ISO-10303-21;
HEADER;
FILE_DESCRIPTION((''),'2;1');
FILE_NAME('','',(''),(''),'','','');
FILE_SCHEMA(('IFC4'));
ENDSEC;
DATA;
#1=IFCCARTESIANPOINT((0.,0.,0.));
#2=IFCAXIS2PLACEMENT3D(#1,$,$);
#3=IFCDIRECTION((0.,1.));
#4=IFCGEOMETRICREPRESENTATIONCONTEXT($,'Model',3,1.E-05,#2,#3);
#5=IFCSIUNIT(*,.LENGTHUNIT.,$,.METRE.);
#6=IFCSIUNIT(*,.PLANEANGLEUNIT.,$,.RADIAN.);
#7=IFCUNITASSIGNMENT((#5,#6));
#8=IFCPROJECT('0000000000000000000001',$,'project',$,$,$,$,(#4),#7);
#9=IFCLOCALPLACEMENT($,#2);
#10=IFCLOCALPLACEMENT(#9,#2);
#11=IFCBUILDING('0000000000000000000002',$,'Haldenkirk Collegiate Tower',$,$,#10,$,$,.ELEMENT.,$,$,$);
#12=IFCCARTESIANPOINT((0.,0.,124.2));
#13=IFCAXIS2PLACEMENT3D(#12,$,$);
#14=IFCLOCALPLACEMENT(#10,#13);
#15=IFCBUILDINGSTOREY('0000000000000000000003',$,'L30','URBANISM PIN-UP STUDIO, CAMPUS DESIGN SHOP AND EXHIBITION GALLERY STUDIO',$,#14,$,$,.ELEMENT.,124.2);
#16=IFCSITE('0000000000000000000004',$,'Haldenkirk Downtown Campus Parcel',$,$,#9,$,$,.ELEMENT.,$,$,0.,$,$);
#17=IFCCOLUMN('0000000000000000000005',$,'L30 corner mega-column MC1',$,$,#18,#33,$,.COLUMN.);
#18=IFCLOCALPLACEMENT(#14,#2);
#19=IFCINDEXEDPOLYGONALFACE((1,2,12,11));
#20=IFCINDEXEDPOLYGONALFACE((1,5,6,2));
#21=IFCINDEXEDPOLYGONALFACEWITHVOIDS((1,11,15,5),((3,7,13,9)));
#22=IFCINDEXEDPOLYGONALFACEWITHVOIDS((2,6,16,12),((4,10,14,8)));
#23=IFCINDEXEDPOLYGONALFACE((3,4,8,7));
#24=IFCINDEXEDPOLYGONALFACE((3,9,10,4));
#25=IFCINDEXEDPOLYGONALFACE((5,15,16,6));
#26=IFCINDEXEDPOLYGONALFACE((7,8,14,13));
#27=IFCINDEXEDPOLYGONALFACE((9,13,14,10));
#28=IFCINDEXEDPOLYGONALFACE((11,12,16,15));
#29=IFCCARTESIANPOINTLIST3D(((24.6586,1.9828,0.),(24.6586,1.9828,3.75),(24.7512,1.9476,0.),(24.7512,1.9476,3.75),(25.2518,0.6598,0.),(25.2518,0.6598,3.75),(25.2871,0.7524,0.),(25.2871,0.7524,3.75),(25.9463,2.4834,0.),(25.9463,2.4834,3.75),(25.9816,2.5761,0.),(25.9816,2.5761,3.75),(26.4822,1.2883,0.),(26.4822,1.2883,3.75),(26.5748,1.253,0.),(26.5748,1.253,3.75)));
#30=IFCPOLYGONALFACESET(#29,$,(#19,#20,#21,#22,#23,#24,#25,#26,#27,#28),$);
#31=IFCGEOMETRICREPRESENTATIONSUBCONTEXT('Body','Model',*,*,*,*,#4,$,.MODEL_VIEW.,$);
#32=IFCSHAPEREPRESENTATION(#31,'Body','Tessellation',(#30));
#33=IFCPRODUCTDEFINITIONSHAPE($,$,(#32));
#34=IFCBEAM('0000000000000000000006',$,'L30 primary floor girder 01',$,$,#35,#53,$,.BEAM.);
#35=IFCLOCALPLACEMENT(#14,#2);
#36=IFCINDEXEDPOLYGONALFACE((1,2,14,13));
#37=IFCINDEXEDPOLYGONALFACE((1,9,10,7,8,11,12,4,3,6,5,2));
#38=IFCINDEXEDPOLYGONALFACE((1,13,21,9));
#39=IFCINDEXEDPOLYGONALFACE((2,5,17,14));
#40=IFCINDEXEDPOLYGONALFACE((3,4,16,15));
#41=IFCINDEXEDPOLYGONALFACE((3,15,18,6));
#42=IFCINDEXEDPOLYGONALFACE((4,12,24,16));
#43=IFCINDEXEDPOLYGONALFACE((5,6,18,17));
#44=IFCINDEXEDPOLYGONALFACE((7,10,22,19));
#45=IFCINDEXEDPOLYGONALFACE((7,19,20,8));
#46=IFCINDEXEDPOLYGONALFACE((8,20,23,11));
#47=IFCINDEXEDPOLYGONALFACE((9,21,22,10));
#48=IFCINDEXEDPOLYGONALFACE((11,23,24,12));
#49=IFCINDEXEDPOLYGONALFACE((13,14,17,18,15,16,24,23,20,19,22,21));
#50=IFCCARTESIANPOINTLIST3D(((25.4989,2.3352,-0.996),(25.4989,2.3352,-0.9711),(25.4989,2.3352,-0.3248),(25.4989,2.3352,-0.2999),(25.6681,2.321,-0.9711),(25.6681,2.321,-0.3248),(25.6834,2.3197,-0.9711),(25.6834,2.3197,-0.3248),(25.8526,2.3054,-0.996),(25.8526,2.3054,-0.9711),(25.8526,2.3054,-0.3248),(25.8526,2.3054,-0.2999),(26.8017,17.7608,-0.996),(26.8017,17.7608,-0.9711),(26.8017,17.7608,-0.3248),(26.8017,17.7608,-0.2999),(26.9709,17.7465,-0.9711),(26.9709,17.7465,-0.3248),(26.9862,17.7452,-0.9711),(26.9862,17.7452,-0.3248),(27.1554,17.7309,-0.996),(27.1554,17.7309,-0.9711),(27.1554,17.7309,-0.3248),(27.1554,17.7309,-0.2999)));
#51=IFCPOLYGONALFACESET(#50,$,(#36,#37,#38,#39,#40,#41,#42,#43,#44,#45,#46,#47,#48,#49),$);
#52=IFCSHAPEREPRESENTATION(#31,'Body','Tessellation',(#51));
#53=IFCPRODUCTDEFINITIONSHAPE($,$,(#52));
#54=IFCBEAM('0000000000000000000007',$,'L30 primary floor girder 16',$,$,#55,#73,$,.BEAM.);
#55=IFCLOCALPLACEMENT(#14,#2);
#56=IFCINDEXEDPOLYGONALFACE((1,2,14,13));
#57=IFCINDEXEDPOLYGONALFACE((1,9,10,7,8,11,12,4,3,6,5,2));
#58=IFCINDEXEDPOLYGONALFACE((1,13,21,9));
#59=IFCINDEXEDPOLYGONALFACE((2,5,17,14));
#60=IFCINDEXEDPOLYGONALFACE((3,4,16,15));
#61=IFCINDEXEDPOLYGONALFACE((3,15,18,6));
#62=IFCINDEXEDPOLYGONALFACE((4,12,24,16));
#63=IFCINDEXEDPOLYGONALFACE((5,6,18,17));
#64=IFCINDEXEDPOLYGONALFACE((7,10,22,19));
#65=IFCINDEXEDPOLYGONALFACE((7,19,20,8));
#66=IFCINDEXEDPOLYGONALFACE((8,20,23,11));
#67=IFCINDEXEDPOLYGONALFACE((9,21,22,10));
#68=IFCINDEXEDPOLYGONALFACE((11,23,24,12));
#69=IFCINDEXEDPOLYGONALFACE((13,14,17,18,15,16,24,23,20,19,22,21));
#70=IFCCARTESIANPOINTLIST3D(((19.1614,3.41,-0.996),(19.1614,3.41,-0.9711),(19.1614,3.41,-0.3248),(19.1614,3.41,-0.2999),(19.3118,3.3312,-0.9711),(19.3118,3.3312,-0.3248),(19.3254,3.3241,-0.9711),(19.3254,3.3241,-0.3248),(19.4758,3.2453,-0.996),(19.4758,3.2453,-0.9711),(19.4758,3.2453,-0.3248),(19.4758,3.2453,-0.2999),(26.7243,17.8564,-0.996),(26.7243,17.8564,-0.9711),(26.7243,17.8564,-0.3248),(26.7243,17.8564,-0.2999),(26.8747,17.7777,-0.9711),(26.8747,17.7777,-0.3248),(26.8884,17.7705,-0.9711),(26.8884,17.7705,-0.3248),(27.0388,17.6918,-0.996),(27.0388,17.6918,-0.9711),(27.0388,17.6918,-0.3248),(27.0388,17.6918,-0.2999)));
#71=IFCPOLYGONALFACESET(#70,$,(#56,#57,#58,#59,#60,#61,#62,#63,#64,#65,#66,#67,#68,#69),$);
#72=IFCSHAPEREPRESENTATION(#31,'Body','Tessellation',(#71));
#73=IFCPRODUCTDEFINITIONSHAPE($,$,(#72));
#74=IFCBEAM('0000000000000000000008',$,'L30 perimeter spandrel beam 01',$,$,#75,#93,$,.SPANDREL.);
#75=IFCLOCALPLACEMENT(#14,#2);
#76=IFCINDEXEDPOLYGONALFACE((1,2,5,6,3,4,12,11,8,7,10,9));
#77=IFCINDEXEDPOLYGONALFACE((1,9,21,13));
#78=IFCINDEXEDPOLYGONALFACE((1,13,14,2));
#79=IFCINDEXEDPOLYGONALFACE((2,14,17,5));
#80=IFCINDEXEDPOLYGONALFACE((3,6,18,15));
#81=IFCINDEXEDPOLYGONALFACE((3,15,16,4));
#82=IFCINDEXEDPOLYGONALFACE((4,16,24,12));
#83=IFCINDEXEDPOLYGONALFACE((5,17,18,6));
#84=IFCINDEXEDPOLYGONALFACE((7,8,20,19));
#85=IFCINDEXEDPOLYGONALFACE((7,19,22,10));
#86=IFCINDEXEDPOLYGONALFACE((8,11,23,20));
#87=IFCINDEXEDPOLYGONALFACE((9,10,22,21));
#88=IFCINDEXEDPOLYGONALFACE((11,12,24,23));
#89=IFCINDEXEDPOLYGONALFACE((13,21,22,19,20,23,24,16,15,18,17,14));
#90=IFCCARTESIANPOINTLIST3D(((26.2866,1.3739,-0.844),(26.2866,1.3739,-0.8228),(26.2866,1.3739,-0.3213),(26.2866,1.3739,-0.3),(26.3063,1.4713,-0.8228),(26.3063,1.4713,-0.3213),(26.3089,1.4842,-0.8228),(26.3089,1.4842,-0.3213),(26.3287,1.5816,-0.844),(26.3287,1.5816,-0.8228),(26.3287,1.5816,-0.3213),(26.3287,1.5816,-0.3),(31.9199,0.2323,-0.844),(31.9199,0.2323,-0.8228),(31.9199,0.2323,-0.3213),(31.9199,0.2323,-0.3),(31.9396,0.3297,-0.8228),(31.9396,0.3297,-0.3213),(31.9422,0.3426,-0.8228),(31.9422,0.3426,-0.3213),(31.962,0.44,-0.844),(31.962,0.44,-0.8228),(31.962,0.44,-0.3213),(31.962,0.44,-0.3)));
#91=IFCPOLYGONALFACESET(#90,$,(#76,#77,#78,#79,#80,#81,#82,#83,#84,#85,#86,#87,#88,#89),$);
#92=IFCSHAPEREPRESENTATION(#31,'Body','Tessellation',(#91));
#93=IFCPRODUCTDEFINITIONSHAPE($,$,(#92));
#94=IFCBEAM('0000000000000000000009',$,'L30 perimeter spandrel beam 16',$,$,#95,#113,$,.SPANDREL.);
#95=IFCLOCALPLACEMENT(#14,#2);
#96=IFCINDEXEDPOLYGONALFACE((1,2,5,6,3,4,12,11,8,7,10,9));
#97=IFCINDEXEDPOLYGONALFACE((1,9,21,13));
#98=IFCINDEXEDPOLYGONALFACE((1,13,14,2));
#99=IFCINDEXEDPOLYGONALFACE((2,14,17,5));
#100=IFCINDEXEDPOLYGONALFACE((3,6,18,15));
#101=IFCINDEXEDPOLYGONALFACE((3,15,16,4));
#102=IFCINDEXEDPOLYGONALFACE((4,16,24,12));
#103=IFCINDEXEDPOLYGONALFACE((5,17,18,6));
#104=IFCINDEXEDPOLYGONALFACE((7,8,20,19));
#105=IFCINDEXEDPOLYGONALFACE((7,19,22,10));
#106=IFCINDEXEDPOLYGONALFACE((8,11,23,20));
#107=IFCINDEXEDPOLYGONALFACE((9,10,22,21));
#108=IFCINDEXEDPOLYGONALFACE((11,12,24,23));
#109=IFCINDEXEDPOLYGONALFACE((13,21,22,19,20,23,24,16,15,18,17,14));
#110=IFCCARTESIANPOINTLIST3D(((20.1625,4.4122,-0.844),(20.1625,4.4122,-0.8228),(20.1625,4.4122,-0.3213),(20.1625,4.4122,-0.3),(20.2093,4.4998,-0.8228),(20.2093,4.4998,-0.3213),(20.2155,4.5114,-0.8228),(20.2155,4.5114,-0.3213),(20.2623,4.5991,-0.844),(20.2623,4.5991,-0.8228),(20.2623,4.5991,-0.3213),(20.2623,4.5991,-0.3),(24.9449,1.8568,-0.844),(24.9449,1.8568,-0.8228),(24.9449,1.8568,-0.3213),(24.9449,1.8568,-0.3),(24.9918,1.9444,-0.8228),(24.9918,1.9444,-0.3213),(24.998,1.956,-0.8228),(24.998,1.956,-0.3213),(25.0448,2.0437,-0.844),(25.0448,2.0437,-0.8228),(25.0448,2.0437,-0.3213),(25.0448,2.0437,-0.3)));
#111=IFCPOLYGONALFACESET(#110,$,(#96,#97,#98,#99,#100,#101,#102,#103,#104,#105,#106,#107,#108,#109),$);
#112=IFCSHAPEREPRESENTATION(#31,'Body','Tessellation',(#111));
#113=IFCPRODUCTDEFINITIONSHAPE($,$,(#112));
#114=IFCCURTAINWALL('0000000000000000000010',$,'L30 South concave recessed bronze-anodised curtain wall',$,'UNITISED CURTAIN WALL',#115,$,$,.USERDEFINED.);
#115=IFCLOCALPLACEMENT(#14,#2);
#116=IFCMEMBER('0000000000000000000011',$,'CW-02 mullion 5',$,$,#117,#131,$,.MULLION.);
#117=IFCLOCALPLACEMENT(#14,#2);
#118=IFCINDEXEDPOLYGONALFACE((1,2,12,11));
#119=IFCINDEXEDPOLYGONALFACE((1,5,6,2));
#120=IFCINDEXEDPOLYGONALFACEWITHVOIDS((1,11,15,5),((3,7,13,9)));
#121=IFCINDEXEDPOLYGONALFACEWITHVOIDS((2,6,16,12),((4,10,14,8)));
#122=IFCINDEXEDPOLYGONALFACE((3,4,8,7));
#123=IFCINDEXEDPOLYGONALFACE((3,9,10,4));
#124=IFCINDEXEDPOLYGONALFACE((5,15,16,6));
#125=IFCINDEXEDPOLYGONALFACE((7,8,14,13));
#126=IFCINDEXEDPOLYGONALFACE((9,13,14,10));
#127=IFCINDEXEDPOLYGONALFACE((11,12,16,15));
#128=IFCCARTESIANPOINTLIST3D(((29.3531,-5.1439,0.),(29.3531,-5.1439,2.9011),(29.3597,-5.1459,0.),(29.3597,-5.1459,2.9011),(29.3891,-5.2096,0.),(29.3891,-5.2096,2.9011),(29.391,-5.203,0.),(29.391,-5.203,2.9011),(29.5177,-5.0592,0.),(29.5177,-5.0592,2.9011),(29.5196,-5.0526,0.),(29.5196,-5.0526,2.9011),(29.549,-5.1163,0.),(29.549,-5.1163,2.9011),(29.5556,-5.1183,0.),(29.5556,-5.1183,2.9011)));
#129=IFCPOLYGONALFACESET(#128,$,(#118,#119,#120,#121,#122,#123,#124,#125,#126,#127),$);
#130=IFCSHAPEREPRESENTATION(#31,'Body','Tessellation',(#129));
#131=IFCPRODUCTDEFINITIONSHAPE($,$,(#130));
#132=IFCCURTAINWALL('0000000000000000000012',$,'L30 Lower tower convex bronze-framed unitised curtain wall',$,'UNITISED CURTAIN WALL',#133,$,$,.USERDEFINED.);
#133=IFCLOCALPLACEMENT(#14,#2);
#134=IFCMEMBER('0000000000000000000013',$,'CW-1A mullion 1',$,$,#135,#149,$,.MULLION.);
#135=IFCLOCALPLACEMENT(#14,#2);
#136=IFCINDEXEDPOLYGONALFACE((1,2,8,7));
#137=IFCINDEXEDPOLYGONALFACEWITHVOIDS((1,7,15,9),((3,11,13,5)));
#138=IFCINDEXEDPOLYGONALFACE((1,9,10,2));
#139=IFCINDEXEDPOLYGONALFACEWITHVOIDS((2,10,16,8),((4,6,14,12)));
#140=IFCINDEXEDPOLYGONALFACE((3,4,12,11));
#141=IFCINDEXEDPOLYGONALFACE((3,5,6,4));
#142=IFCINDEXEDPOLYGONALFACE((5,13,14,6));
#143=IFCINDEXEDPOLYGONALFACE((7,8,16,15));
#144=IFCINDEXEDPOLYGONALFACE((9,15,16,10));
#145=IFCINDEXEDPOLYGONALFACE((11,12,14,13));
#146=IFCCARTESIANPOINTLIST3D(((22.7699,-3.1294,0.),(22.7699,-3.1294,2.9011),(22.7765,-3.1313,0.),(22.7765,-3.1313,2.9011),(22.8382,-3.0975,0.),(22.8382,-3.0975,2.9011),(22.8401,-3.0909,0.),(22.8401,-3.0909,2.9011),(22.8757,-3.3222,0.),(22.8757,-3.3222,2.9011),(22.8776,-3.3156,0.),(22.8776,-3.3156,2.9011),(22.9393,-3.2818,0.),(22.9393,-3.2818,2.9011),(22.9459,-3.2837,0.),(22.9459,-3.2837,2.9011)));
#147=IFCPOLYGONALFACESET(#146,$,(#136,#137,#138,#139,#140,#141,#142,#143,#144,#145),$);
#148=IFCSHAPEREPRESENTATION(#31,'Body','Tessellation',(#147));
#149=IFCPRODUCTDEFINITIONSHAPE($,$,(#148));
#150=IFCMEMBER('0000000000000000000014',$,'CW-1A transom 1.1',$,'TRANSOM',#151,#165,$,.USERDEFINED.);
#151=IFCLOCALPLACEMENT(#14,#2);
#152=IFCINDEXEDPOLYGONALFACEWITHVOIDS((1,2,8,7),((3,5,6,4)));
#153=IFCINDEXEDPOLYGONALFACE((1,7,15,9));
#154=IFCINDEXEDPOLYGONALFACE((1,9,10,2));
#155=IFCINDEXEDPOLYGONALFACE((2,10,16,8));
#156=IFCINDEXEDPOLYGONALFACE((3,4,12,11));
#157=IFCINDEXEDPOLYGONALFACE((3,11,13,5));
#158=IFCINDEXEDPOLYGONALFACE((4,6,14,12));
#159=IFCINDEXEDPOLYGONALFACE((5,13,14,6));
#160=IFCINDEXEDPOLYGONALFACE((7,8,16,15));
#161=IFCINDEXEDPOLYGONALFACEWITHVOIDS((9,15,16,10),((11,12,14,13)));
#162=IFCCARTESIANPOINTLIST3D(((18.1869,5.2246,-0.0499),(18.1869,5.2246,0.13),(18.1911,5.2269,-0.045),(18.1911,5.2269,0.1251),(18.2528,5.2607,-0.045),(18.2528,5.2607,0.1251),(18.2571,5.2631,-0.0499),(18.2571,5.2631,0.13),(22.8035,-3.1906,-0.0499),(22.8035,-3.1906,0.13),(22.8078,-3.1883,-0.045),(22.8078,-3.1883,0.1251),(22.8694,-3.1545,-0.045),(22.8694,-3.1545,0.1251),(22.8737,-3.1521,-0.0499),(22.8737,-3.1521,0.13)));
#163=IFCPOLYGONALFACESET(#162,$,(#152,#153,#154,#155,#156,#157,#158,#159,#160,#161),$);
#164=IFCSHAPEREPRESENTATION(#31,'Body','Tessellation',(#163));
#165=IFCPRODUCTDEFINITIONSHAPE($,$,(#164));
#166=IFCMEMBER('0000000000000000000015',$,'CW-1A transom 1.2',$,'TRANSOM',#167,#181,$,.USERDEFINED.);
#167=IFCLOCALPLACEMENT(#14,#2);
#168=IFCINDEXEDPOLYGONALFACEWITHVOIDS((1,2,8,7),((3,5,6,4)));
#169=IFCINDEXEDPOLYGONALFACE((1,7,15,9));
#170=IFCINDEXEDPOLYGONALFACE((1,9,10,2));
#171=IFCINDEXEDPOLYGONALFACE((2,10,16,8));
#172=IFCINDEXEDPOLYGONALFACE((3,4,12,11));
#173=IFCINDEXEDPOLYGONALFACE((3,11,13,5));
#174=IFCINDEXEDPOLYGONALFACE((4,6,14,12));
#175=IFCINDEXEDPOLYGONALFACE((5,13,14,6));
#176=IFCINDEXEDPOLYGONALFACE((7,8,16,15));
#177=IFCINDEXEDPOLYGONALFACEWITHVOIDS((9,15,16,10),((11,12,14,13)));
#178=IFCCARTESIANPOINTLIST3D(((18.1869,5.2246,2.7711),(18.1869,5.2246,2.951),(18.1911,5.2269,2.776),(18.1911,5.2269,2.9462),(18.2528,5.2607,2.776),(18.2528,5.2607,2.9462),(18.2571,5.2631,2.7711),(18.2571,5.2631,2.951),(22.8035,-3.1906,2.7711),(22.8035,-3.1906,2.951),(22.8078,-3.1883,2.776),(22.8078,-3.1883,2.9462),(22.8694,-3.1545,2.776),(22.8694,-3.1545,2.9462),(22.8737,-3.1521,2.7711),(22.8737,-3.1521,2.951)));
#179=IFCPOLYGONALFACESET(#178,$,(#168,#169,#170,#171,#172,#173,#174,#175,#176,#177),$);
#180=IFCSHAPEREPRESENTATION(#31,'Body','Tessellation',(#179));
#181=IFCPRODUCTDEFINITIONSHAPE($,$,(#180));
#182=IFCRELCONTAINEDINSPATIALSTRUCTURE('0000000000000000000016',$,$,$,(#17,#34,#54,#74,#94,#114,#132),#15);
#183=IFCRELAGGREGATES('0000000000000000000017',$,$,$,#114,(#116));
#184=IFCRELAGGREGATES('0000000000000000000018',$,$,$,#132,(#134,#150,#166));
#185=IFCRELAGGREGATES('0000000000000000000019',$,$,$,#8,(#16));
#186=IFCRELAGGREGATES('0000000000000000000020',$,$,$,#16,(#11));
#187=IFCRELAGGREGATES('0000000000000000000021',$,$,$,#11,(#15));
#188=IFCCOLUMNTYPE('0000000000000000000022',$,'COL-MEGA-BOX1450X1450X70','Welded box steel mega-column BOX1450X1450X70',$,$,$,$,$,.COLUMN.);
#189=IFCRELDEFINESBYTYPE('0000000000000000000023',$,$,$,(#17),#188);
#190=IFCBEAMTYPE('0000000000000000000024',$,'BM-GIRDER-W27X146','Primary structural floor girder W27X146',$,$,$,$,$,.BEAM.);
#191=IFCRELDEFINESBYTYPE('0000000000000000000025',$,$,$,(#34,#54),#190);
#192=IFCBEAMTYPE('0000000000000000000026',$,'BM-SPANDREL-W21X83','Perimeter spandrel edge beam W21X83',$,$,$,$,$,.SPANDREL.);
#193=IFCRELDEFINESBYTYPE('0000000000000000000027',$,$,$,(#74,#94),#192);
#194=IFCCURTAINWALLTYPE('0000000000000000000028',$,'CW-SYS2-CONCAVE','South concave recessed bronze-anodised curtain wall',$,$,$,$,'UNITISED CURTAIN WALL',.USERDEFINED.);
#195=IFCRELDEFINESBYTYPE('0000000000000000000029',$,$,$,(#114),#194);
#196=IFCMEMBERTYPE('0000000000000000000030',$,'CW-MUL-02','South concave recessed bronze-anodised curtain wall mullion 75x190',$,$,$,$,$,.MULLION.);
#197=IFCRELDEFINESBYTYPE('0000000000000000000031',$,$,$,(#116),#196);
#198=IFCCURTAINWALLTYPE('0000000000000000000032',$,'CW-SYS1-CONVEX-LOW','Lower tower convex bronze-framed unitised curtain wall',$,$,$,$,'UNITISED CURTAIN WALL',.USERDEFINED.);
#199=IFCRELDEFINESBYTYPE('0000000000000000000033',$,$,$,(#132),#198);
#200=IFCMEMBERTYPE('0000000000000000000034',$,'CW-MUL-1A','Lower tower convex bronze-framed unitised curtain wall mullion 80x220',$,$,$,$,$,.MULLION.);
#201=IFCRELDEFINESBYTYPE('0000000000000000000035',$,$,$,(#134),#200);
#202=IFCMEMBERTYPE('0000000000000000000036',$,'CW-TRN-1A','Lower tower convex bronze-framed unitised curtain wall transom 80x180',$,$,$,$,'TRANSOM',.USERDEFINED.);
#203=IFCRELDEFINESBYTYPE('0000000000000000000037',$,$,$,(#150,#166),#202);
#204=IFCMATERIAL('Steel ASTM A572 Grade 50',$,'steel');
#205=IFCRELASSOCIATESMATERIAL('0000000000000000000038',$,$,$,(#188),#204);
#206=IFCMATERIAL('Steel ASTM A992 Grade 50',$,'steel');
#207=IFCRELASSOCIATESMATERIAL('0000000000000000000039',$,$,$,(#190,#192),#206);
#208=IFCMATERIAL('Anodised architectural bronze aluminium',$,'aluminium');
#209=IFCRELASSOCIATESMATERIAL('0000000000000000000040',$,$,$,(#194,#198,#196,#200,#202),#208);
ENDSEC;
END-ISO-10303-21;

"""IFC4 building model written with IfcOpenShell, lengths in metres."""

from ifc_helpers import new_model, si_unit, direction, frame, origin, origin_2d, place, context, subcontext, project, spatial, hollow_rectangle, i_section, extrude, material, material_profile, profile_set, type_object, element, aggregate, save


model = new_model("IFC4")

# Units and contexts
model_context = context("Model", 3, precision=1e-05, world=origin(), true_north=direction((0.0, 1.0)))
body_context = subcontext(model_context, "Body", "Model", "MODEL_VIEW")
ifc_project = project(units=[si_unit("LENGTHUNIT", "METRE"), si_unit("PLANEANGLEUNIT", "RADIAN")], contexts=[model_context])

# Site, building, storey
site_placement = place(None, origin())
site = spatial("IfcSite", under=ifc_project, at=site_placement, Name="Haldenkirk Downtown Campus Parcel", CompositionType="ELEMENT", RefElevation=0.0)
building_placement = place(site_placement, origin())
building = spatial("IfcBuilding", under=site, at=building_placement, Name="Haldenkirk Collegiate Tower", CompositionType="ELEMENT")
storey_placement = place(building_placement, frame((0.0, 0.0, 124.2)))
storey = spatial("IfcBuildingStorey", under=building, at=storey_placement, Name="L30", Description="URBANISM PIN-UP STUDIO, CAMPUS DESIGN SHOP AND EXHIBITION GALLERY STUDIO", CompositionType="ELEMENT", Elevation=124.2)

# Column
ifc_material_1 = material(Name="Steel ASTM A572 Grade 50", Category="steel")
ifc_material_profile_1 = material_profile(ifc_material_1, hollow_rectangle(XDim=1.45, YDim=1.45, WallThickness=0.0701, at=origin_2d()), Name="BOX1450X1450X70")
ifc_profile_set_1 = profile_set([ifc_material_profile_1], Name="Steel ASTM A572 Grade 50")
column_type = type_object("IfcColumnType", Name="COL-MEGA-BOX1450X1450X70", Description="Welded box steel mega-column BOX1450X1450X70", PredefinedType="COLUMN", material=ifc_profile_set_1)
column_placement = place(storey_placement, frame((25.6167, 1.6179, 0.0), z_axis=(0.0, 0.0, 1.0), x_axis=(0.912477, 0.409127, 0.0)))
element("IfcColumn", 1, at=column_placement, inside=storey, type_object=column_type, Name="L30 corner mega-column MC1", PredefinedType="COLUMN", context=body_context, shape_type="SweptSolid", body=[
    extrude(hollow_rectangle(XDim=1.45, YDim=1.45, WallThickness=0.0701, at=origin_2d()), origin(), (0.0, 0.0, 1.0), 3.75),
])

# Beams
ifc_material_2 = material(Name="Steel ASTM A992 Grade 50", Category="steel")
ifc_material_profile_2 = material_profile(ifc_material_2, i_section(OverallWidth=0.355, OverallDepth=0.696, WebThickness=0.0154, FlangeThickness=0.0249, at=origin_2d()), Name="W27X146")
ifc_profile_set_2 = profile_set([ifc_material_profile_2], Name="Steel ASTM A992 Grade 50")
beam_type_1 = type_object("IfcBeamType", Name="BM-GIRDER-W27X146", Description="Primary structural floor girder W27X146", PredefinedType="BEAM", material=ifc_profile_set_2)
beam_1_placement = place(storey_placement, frame((25.6758, 2.3203, -0.6479), z_axis=(0.084154, 0.996453, 0.0), x_axis=(-0.996453, 0.084154, 0.0)))
element("IfcBeam", 2, at=beam_1_placement, inside=storey, type_object=beam_type_1, Name="L30 primary floor girder 01", PredefinedType="BEAM", context=body_context, shape_type="SweptSolid", body=[
    extrude(i_section(OverallWidth=0.355, OverallDepth=0.696, WebThickness=0.0154, FlangeThickness=0.0249, at=origin_2d()), origin(), (0.0, 0.0, 1.0), 15.4805),
])
beam_2_placement = place(storey_placement, frame((19.3186, 3.3276, -0.6479), z_axis=(0.463803, 0.885938, 0.0), x_axis=(-0.885938, 0.463803, 0.0)))
element("IfcBeam", 3, at=beam_2_placement, inside=storey, type_object=beam_type_1, Name="L30 primary floor girder 16", PredefinedType="BEAM", context=body_context, shape_type="SweptSolid", body=[
    extrude(i_section(OverallWidth=0.355, OverallDepth=0.696, WebThickness=0.0154, FlangeThickness=0.0249, at=origin_2d()), origin(), (0.0, 0.0, 1.0), 16.3064),
])
ifc_material_profile_3 = material_profile(ifc_material_2, i_section(OverallWidth=0.2119, OverallDepth=0.5439, WebThickness=0.0132, FlangeThickness=0.0212, at=origin_2d()), Name="W21X83")
ifc_profile_set_3 = profile_set([ifc_material_profile_3], Name="Steel ASTM A992 Grade 50")
beam_type_2 = type_object("IfcBeamType", Name="BM-SPANDREL-W21X83", Description="Perimeter spandrel edge beam W21X83", PredefinedType="SPANDREL", material=ifc_profile_set_3)
beam_3_placement = place(storey_placement, frame((26.3076, 1.4778, -0.572), z_axis=(0.980078, -0.198615, 0.0), x_axis=(0.198615, 0.980078, 0.0)))
element("IfcBeam", 4, at=beam_3_placement, inside=storey, type_object=beam_type_2, Name="L30 perimeter spandrel beam 01", PredefinedType="SPANDREL", context=body_context, shape_type="SweptSolid", body=[
    extrude(i_section(OverallWidth=0.2119, OverallDepth=0.5439, WebThickness=0.0132, FlangeThickness=0.0212, at=origin_2d()), origin(), (0.0, 0.0, 1.0), 5.7478),
])
beam_4_placement = place(storey_placement, frame((20.2124, 4.5056, -0.572), z_axis=(0.881987, -0.471273, 0.0), x_axis=(0.471273, 0.881987, 0.0)))
element("IfcBeam", 5, at=beam_4_placement, inside=storey, type_object=beam_type_2, Name="L30 perimeter spandrel beam 16", PredefinedType="SPANDREL", context=body_context, shape_type="SweptSolid", body=[
    extrude(i_section(OverallWidth=0.2119, OverallDepth=0.5439, WebThickness=0.0132, FlangeThickness=0.0212, at=origin_2d()), origin(), (0.0, 0.0, 1.0), 5.4224),
])

# Curtain wall, member
ifc_material_3 = material(Name="Anodised architectural bronze aluminium", Category="aluminium")
curtain_wall_type_1 = type_object("IfcCurtainWallType", Name="CW-SYS2-CONCAVE", Description="South concave recessed bronze-anodised curtain wall", ElementType="UNITISED CURTAIN WALL", PredefinedType="USERDEFINED", material=ifc_material_3)
curtain_wall_1_placement = place(storey_placement, origin())
curtain_wall_1 = element("IfcCurtainWall", 6, at=curtain_wall_1_placement, inside=storey, type_object=curtain_wall_type_1, Name="L30 South concave recessed bronze-anodised curtain wall", ObjectType="UNITISED CURTAIN WALL", PredefinedType="USERDEFINED")
ifc_material_profile_4 = material_profile(ifc_material_3, hollow_rectangle(XDim=0.075, YDim=0.1899, WallThickness=0.0049, at=origin_2d()), Name="CW-MUL-02")
ifc_profile_set_4 = profile_set([ifc_material_profile_4], Name="Anodised architectural bronze aluminium")
member_type_1 = type_object("IfcMemberType", Name="CW-MUL-02", Description="South concave recessed bronze-anodised curtain wall mullion 75x190", PredefinedType="MULLION", material=ifc_profile_set_4)
member_1_placement = place(storey_placement, frame((29.4543, -5.1311, 0.0), z_axis=(0.0, 0.0, 1.0), x_axis=(0.480989, -0.876727, 0.0)))
member_1 = element("IfcMember", 7, at=member_1_placement, type_object=member_type_1, Name="CW-02 mullion 5", PredefinedType="MULLION", context=body_context, shape_type="SweptSolid", body=[
    extrude(hollow_rectangle(XDim=0.075, YDim=0.1899, WallThickness=0.0049, at=origin_2d()), origin(), (0.0, 0.0, 1.0), 2.9011),
])
aggregate(curtain_wall_1, [member_1])

# Curtain wall, members
curtain_wall_type_2 = type_object("IfcCurtainWallType", Name="CW-SYS1-CONVEX-LOW", Description="Lower tower convex bronze-framed unitised curtain wall", ElementType="UNITISED CURTAIN WALL", PredefinedType="USERDEFINED", material=ifc_material_3)
curtain_wall_2_placement = place(storey_placement, origin())
curtain_wall_2 = element("IfcCurtainWall", 8, at=curtain_wall_2_placement, inside=storey, type_object=curtain_wall_type_2, Name="L30 Lower tower convex bronze-framed unitised curtain wall", ObjectType="UNITISED CURTAIN WALL", PredefinedType="USERDEFINED")
ifc_material_profile_5 = material_profile(ifc_material_3, hollow_rectangle(XDim=0.0801, YDim=0.22, WallThickness=0.0049, at=origin_2d()), Name="CW-MUL-1A")
ifc_profile_set_5 = profile_set([ifc_material_profile_5], Name="Anodised architectural bronze aluminium")
member_type_2 = type_object("IfcMemberType", Name="CW-MUL-1A", Description="Lower tower convex bronze-framed unitised curtain wall mullion 80x220", PredefinedType="MULLION", material=ifc_profile_set_5)
member_2_placement = place(storey_placement, frame((22.8579, -3.2065, 0.0), z_axis=(0.0, 0.0, 1.0), x_axis=(-0.876727, -0.480989, 0.0)))
member_2 = element("IfcMember", 9, at=member_2_placement, type_object=member_type_2, Name="CW-1A mullion 1", PredefinedType="MULLION", context=body_context, shape_type="SweptSolid", body=[
    extrude(hollow_rectangle(XDim=0.0801, YDim=0.22, WallThickness=0.0049, at=origin_2d()), origin(), (0.0, 0.0, 1.0), 2.9011),
])
ifc_material_profile_6 = material_profile(ifc_material_3, hollow_rectangle(XDim=0.0801, YDim=0.1799, WallThickness=0.0049, at=origin_2d()), Name="CW-TRN-1A")
ifc_profile_set_6 = profile_set([ifc_material_profile_6], Name="Anodised architectural bronze aluminium")
member_type_3 = type_object("IfcMemberType", Name="CW-TRN-1A", Description="Lower tower convex bronze-framed unitised curtain wall transom 80x180", ElementType="TRANSOM", PredefinedType="USERDEFINED", material=ifc_profile_set_6)
member_3_placement = place(storey_placement, frame((22.8386, -3.1714, 0.04), z_axis=(-0.480982, 0.87673, 0.0), x_axis=(-0.87673, -0.480982, 0.0)))
member_3 = element("IfcMember", 10, at=member_3_placement, type_object=member_type_3, Name="CW-1A transom 1.1", ObjectType="TRANSOM", PredefinedType="USERDEFINED", context=body_context, shape_type="SweptSolid", body=[
    extrude(hollow_rectangle(XDim=0.0801, YDim=0.1799, WallThickness=0.0049, at=origin_2d()), origin(), (0.0, 0.0, 1.0), 9.5984),
])
member_4_placement = place(storey_placement, frame((22.8386, -3.1714, 2.8611), z_axis=(-0.480982, 0.87673, 0.0), x_axis=(-0.87673, -0.480982, 0.0)))
member_4 = element("IfcMember", 11, at=member_4_placement, type_object=member_type_3, Name="CW-1A transom 1.2", ObjectType="TRANSOM", PredefinedType="USERDEFINED", context=body_context, shape_type="SweptSolid", body=[
    extrude(hollow_rectangle(XDim=0.0801, YDim=0.1799, WallThickness=0.0049, at=origin_2d()), origin(), (0.0, 0.0, 1.0), 9.5984),
])
aggregate(curtain_wall_2, [member_2, member_3, member_4])

save(model, "model.ifc")
